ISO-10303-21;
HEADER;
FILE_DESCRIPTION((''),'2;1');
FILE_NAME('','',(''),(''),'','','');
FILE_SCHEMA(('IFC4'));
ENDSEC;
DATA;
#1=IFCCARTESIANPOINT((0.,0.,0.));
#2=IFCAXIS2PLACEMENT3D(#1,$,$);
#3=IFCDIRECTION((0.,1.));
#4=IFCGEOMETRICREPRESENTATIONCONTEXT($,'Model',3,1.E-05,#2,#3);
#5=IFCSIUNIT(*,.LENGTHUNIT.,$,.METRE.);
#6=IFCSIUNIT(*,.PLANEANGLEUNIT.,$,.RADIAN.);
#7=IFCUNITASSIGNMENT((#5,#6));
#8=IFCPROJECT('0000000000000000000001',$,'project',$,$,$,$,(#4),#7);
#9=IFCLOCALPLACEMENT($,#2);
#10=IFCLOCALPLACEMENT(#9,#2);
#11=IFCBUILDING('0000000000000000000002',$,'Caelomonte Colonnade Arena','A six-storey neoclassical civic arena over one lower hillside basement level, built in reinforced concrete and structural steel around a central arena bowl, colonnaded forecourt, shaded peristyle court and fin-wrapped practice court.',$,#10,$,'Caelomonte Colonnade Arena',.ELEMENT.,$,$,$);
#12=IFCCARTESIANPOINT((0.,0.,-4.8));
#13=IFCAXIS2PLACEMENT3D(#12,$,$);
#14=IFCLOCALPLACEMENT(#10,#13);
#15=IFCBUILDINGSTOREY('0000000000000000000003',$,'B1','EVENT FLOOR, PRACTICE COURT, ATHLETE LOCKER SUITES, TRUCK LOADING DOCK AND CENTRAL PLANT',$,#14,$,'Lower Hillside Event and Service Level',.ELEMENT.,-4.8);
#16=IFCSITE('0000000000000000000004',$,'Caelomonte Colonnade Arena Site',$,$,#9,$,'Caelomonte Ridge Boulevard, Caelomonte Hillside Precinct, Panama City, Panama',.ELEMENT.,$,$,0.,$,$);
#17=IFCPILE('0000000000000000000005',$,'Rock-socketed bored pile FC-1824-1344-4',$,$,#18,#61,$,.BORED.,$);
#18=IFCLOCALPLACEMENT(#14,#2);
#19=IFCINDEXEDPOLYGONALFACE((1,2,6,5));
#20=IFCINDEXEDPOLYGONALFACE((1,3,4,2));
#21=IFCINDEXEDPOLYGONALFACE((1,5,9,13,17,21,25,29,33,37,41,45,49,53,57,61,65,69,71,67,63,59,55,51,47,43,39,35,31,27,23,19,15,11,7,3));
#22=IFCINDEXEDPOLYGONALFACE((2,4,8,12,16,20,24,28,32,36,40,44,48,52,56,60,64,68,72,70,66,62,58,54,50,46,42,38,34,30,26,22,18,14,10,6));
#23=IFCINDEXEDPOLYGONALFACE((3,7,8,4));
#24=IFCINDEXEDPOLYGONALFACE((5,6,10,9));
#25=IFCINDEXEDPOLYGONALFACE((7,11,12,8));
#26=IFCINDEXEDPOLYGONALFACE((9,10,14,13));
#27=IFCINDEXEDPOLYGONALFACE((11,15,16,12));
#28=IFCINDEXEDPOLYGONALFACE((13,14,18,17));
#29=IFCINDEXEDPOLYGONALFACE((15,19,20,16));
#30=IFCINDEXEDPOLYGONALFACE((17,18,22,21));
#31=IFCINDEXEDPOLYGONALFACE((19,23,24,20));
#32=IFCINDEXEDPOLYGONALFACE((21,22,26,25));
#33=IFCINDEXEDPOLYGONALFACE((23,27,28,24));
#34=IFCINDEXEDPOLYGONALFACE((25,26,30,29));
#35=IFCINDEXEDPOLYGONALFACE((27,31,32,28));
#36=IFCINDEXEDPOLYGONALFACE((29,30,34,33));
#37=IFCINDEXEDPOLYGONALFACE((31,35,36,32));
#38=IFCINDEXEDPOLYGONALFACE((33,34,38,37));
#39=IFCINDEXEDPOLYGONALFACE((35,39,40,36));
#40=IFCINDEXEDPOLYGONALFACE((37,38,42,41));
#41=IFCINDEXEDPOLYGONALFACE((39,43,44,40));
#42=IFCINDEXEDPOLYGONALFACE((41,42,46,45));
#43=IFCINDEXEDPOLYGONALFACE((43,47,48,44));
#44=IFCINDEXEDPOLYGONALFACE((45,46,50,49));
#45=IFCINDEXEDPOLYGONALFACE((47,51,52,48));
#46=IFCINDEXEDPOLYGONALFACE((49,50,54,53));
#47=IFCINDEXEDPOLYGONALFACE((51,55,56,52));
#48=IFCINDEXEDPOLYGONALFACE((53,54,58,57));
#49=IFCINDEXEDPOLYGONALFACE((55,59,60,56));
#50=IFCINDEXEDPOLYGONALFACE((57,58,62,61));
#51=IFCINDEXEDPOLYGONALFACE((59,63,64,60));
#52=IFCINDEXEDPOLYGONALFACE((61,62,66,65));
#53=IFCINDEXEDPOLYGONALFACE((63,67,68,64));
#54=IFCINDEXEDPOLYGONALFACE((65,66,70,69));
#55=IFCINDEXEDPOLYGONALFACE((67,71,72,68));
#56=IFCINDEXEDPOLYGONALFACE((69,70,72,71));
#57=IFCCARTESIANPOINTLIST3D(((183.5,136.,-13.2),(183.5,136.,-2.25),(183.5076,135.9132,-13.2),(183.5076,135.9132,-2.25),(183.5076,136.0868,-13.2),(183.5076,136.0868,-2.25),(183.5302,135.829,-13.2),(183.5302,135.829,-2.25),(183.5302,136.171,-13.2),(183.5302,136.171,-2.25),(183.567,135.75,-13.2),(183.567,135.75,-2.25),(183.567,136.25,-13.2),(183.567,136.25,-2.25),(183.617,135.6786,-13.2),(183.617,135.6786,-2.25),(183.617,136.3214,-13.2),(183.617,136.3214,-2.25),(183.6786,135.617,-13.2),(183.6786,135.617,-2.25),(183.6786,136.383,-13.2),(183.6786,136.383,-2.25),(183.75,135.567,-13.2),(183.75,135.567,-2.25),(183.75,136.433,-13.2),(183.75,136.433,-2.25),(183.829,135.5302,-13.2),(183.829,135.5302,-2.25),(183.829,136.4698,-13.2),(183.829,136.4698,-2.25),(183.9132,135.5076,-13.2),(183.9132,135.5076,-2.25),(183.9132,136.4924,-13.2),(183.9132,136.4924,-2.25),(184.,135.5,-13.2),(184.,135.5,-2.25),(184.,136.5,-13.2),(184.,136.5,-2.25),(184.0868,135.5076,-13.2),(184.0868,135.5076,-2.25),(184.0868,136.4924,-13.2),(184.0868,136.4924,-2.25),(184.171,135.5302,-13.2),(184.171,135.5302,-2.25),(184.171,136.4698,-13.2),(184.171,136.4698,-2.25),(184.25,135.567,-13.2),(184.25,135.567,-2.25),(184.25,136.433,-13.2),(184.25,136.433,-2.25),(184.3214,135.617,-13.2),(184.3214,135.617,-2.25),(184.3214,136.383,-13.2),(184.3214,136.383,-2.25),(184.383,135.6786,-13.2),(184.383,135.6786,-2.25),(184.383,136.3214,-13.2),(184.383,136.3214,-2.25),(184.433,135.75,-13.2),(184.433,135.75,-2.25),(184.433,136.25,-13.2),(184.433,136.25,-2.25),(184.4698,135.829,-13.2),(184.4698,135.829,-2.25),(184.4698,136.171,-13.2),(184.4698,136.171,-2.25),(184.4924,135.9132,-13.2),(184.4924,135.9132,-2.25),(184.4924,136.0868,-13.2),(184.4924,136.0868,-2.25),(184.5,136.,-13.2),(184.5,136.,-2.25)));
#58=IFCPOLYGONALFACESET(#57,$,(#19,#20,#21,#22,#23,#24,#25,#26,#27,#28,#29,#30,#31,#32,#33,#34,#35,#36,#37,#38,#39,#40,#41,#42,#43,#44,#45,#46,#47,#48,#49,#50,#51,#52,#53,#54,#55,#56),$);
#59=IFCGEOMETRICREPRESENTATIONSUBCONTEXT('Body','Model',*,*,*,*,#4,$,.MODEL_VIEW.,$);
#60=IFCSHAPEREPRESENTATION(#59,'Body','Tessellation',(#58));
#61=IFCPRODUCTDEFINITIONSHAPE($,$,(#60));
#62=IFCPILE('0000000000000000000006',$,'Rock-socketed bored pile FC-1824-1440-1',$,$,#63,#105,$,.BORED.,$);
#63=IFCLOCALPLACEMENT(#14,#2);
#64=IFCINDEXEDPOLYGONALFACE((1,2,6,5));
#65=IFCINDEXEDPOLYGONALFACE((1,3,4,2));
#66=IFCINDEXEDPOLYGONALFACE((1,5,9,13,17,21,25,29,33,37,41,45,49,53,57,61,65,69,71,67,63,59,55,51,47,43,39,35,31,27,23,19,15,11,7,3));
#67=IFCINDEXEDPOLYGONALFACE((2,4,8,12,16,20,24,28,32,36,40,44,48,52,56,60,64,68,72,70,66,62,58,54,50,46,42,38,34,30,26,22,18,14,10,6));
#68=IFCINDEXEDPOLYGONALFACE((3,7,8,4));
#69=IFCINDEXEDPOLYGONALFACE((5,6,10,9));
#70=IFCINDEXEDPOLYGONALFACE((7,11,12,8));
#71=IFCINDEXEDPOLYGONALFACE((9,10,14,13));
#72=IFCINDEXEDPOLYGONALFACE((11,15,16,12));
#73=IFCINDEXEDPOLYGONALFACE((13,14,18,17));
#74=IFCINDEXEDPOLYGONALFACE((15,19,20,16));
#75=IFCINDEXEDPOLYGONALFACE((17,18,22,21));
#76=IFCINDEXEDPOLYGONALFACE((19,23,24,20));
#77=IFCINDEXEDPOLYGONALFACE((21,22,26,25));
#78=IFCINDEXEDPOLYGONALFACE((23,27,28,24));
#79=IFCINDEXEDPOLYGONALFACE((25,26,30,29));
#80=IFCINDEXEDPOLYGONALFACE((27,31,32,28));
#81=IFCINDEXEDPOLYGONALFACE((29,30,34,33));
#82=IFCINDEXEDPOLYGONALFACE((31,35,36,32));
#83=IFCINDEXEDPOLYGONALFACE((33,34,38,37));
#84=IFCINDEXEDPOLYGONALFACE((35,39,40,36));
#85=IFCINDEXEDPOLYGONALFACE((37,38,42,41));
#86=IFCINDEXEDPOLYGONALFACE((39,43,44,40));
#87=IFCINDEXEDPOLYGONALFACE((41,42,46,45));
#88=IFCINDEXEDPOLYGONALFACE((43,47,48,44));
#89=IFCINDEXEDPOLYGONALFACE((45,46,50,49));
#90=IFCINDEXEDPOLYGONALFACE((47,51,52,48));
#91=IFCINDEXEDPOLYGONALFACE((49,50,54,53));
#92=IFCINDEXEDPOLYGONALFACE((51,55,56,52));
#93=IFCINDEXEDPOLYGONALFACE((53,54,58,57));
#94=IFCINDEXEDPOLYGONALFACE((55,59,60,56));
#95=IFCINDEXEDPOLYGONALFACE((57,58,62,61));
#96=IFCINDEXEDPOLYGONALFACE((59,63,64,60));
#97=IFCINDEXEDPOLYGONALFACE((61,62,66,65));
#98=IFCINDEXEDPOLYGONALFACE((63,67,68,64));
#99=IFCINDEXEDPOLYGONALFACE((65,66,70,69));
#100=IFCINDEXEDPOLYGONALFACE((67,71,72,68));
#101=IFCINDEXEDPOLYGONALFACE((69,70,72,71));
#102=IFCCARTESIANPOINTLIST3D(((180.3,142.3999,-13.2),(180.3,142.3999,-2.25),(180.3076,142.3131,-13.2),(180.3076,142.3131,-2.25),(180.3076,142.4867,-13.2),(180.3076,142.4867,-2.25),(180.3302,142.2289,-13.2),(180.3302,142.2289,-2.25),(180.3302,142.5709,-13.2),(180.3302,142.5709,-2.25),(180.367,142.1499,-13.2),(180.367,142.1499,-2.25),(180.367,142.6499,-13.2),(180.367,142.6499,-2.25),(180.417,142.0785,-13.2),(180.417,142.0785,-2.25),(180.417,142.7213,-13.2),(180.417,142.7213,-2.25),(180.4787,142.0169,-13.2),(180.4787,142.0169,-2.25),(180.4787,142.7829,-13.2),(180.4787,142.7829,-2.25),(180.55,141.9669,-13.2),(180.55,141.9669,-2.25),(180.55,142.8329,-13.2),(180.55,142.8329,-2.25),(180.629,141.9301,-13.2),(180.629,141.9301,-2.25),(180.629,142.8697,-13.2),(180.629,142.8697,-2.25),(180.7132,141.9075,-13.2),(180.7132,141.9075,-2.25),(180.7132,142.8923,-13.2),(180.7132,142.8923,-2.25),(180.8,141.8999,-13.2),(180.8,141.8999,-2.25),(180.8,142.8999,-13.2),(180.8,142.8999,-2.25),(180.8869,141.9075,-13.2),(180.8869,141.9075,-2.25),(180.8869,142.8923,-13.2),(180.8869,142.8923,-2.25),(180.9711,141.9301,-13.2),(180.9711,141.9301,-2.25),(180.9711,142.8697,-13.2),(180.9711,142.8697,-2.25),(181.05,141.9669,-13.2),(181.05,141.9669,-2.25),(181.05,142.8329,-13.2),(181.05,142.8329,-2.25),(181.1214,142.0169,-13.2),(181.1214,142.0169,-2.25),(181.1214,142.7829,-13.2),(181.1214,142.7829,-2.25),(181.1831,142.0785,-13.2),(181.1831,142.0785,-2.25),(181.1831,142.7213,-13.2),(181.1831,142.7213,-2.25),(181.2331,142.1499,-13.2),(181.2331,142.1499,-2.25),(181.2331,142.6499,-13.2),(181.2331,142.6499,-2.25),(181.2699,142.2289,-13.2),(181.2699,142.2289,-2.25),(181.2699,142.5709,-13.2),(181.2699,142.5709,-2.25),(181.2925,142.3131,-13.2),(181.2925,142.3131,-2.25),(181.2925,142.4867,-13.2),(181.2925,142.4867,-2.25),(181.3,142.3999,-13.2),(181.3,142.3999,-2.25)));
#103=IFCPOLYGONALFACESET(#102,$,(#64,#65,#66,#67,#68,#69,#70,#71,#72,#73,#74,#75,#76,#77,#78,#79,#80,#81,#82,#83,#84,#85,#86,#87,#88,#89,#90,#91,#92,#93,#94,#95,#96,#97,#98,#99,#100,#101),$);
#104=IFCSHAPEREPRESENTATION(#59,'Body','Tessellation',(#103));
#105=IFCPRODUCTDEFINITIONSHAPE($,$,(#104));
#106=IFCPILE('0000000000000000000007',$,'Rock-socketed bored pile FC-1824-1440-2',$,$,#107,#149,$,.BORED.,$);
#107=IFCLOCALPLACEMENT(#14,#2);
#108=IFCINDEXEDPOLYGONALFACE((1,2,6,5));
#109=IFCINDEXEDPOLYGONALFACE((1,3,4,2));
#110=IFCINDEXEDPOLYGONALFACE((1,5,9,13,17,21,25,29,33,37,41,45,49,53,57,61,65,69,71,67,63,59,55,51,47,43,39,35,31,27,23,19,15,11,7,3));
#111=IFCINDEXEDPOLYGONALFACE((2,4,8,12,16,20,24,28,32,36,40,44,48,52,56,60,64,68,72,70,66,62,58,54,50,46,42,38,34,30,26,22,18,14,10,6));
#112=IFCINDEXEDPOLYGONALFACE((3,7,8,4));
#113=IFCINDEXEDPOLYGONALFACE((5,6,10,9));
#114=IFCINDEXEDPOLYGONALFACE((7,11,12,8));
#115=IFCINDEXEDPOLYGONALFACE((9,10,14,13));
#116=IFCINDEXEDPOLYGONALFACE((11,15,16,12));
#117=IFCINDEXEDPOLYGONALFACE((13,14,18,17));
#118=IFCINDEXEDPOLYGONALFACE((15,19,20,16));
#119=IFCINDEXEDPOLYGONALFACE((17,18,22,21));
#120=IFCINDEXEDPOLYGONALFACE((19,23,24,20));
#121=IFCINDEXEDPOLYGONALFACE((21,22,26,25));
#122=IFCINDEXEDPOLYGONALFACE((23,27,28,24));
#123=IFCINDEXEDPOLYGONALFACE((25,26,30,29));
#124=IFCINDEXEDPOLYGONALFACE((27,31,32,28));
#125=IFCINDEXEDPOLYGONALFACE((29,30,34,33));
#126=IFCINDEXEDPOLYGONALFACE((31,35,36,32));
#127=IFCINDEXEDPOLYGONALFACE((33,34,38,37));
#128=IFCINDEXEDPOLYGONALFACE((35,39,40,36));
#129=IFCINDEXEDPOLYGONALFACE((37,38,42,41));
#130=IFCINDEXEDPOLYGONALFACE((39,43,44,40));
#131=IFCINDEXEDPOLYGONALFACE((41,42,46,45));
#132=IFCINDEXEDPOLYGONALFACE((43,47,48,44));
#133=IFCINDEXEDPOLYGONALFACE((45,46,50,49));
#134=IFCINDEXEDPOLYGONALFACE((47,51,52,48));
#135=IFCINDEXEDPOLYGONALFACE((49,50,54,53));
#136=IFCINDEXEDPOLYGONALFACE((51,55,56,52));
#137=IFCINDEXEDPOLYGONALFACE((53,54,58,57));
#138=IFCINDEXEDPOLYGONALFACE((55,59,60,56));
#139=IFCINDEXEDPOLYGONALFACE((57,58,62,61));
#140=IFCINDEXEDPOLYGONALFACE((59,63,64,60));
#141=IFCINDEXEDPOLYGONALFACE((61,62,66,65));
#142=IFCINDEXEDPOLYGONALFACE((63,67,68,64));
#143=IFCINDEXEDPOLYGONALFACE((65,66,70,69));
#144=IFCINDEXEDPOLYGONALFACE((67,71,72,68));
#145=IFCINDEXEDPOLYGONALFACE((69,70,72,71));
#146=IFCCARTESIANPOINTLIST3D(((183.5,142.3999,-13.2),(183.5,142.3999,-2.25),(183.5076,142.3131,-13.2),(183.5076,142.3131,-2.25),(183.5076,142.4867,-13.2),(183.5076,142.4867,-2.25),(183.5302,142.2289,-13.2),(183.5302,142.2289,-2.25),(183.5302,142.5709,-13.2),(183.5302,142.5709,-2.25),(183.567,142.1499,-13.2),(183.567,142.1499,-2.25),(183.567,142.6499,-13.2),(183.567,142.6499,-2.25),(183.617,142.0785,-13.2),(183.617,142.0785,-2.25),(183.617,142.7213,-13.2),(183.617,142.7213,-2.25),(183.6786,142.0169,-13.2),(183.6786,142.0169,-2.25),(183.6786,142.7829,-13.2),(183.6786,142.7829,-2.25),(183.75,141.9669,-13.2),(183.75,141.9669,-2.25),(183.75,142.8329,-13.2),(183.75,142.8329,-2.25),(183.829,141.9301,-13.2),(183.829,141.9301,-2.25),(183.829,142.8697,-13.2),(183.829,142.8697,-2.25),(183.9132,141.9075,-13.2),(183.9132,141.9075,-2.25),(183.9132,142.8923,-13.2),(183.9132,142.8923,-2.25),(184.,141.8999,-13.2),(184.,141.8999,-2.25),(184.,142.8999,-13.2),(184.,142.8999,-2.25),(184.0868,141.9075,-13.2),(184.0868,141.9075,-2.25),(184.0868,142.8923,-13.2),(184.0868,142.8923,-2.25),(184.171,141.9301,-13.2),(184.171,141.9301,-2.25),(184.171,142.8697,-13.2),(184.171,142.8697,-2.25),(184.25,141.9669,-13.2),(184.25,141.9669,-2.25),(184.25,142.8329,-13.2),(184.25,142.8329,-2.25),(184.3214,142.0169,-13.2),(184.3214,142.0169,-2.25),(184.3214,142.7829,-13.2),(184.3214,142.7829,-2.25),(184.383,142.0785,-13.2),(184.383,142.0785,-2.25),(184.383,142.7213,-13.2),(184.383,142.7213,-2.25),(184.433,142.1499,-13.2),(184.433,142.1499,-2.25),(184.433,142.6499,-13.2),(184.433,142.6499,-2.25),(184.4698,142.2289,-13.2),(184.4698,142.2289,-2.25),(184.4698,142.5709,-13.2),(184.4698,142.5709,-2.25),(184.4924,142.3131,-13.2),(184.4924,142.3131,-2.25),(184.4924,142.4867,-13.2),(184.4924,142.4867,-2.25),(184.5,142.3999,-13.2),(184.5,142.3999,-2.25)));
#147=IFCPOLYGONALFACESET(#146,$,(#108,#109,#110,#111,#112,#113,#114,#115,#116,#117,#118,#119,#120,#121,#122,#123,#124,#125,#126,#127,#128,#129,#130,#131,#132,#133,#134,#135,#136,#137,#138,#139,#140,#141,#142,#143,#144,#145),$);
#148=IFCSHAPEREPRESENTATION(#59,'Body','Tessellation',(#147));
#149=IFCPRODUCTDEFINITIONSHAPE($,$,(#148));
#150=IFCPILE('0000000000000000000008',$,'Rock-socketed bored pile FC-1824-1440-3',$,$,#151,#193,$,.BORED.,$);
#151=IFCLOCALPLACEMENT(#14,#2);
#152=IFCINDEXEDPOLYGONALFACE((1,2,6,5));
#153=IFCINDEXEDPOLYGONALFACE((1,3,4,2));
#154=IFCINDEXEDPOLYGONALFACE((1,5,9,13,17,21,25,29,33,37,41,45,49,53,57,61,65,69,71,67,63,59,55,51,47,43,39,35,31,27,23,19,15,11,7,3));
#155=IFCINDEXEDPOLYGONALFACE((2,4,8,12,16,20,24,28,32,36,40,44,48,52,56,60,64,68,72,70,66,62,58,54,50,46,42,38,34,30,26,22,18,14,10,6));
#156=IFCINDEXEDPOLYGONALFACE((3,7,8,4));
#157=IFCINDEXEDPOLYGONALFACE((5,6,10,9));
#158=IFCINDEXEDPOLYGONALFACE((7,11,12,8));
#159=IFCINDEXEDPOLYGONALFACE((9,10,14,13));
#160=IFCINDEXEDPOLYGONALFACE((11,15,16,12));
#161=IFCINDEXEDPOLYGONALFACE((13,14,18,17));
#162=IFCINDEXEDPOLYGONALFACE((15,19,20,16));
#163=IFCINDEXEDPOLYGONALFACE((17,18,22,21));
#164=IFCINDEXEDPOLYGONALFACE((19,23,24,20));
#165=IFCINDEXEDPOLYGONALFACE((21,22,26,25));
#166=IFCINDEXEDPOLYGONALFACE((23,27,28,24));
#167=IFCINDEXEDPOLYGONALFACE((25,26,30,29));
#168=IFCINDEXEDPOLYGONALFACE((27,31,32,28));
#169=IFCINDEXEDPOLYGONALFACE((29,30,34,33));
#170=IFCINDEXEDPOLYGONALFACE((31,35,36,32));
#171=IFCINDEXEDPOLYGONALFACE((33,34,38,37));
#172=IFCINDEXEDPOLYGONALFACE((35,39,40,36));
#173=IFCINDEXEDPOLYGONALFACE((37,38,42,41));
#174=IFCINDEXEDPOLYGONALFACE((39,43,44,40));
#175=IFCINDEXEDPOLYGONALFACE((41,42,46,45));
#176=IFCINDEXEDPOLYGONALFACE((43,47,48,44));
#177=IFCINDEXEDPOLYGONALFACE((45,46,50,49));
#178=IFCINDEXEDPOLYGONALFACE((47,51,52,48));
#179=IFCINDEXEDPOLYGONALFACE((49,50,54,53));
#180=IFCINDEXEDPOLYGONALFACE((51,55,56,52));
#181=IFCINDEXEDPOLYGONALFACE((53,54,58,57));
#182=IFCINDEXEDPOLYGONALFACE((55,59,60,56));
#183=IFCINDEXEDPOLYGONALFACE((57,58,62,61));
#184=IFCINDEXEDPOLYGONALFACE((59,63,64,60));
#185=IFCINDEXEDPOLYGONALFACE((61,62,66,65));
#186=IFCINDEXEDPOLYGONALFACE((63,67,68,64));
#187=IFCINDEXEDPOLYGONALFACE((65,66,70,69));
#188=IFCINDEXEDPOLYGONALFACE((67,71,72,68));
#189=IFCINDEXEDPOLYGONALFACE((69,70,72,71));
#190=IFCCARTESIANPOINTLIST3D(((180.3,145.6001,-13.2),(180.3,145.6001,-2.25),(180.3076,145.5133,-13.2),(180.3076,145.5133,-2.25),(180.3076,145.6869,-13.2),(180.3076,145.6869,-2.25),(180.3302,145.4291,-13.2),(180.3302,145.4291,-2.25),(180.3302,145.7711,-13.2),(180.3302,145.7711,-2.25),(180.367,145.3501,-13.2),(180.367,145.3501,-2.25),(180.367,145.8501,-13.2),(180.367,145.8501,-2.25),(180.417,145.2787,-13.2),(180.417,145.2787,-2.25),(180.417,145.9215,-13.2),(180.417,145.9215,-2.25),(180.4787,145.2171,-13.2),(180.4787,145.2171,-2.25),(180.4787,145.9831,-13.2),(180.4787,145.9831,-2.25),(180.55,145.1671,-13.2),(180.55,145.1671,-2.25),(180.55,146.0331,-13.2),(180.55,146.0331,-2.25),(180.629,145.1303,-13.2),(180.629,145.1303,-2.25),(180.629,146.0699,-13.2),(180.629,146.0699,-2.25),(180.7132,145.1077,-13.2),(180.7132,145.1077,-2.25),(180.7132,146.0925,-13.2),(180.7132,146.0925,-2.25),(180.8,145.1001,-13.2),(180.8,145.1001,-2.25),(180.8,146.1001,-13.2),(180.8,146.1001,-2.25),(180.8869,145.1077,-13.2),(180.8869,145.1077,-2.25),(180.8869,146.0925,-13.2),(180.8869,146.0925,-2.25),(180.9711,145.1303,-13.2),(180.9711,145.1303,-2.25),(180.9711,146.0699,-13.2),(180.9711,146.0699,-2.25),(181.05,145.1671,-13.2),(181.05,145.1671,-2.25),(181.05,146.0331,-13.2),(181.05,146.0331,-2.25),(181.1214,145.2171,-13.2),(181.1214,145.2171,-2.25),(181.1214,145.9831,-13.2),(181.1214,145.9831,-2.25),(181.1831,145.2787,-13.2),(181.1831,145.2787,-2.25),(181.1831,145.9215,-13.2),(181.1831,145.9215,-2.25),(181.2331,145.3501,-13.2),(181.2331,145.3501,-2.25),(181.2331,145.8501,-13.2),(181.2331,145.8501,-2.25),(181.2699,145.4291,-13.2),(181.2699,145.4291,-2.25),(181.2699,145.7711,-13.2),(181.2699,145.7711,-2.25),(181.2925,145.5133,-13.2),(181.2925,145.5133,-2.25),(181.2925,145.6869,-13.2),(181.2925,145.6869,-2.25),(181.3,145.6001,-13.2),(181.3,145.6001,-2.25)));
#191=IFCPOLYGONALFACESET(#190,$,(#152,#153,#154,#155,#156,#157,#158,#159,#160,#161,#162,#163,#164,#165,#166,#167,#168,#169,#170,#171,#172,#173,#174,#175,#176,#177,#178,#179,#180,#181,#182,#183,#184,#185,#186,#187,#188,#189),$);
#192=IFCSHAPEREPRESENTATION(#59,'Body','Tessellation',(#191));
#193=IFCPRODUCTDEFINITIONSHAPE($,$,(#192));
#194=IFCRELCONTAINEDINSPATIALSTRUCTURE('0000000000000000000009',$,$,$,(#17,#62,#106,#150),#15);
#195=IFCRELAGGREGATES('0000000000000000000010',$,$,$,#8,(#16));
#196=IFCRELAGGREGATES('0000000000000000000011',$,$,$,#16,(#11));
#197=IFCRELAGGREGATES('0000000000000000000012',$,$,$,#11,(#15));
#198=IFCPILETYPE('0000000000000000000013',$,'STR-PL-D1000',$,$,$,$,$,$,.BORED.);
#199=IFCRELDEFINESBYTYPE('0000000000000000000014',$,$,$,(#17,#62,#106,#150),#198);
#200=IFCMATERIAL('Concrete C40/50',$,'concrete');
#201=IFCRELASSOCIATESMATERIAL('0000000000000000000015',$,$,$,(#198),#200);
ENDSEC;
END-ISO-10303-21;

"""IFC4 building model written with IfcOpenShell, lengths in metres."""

from ifc_helpers import new_model, si_unit, direction, frame, origin, origin_2d, place, context, subcontext, project, spatial, circle, extrude, material, material_profile, profile_set, type_object, element, save


model = new_model("IFC4")

# Units and contexts
model_context = context("Model", 3, precision=1e-05, world=origin(), true_north=direction((0.0, 1.0)))
body_context = subcontext(model_context, "Body", "Model", "MODEL_VIEW")
ifc_project = project(units=[si_unit("LENGTHUNIT", "METRE"), si_unit("PLANEANGLEUNIT", "RADIAN")], contexts=[model_context])

# Site, building, storey
site_placement = place(None, origin())
site = spatial("IfcSite", under=ifc_project, at=site_placement, Name="Caelomonte Colonnade Arena Site", LongName="Caelomonte Ridge Boulevard, Caelomonte Hillside Precinct, Panama City, Panama", CompositionType="ELEMENT", RefElevation=0.0)
building_placement = place(site_placement, origin())
building = spatial("IfcBuilding", under=site, at=building_placement, Name="Caelomonte Colonnade Arena", Description="A six-storey neoclassical civic arena over one lower hillside basement level, built in reinforced concrete and structural steel around a central arena bowl, colonnaded forecourt, shaded peristyle court and fin-wrapped practice court.", LongName="Caelomonte Colonnade Arena", CompositionType="ELEMENT")
storey_placement = place(building_placement, frame((0.0, 0.0, -4.8)))
storey = spatial("IfcBuildingStorey", under=building, at=storey_placement, Name="B1", Description="EVENT FLOOR, PRACTICE COURT, ATHLETE LOCKER SUITES, TRUCK LOADING DOCK AND CENTRAL PLANT", LongName="Lower Hillside Event and Service Level", CompositionType="ELEMENT", Elevation=-4.8)

# Shared definitions
ifc_material_1 = material(Name="Concrete C40/50", Category="concrete")

# Piles
ifc_material_profile_1 = material_profile(ifc_material_1, circle(Radius=0.5, at=origin_2d()), Name="PILE-D1000")
ifc_profile_set_1 = profile_set([ifc_material_profile_1], Name="Concrete C40/50")
pile_type = type_object("IfcPileType", Name="STR-PL-D1000", PredefinedType="BORED", material=ifc_profile_set_1)
for number, where, z_axis, x_axis, name in (
    (1, (184.0, 136.0, -2.25), (0.0, 0.0, -1.0), (1.0, 0.0, 0.0), "Rock-socketed bored pile FC-1824-1344-4"),
    (2, (180.8, 142.3999, -2.25), (0.0, 0.0, -1.0), (1.0, 0.0, 0.0), "Rock-socketed bored pile FC-1824-1440-1"),
    (3, (184.0, 142.3999, -2.25), (0.0, 0.0, -1.0), (1.0, 0.0, 0.0), "Rock-socketed bored pile FC-1824-1440-2"),
    (4, (180.8, 145.6001, -2.25), (0.0, 0.0, -1.0), (1.0, 0.0, 0.0), "Rock-socketed bored pile FC-1824-1440-3"),
):
    element("IfcPile", number, at=place(storey_placement, frame(where, z_axis=z_axis, x_axis=x_axis)), inside=storey, type_object=pile_type, Name=name, PredefinedType="BORED", context=body_context, shape_type="SweptSolid", body=[
        extrude(circle(Radius=0.5, at=origin_2d()), origin(), (0.0, 0.0, 1.0), 10.95),
    ])

save(model, "model.ifc")
